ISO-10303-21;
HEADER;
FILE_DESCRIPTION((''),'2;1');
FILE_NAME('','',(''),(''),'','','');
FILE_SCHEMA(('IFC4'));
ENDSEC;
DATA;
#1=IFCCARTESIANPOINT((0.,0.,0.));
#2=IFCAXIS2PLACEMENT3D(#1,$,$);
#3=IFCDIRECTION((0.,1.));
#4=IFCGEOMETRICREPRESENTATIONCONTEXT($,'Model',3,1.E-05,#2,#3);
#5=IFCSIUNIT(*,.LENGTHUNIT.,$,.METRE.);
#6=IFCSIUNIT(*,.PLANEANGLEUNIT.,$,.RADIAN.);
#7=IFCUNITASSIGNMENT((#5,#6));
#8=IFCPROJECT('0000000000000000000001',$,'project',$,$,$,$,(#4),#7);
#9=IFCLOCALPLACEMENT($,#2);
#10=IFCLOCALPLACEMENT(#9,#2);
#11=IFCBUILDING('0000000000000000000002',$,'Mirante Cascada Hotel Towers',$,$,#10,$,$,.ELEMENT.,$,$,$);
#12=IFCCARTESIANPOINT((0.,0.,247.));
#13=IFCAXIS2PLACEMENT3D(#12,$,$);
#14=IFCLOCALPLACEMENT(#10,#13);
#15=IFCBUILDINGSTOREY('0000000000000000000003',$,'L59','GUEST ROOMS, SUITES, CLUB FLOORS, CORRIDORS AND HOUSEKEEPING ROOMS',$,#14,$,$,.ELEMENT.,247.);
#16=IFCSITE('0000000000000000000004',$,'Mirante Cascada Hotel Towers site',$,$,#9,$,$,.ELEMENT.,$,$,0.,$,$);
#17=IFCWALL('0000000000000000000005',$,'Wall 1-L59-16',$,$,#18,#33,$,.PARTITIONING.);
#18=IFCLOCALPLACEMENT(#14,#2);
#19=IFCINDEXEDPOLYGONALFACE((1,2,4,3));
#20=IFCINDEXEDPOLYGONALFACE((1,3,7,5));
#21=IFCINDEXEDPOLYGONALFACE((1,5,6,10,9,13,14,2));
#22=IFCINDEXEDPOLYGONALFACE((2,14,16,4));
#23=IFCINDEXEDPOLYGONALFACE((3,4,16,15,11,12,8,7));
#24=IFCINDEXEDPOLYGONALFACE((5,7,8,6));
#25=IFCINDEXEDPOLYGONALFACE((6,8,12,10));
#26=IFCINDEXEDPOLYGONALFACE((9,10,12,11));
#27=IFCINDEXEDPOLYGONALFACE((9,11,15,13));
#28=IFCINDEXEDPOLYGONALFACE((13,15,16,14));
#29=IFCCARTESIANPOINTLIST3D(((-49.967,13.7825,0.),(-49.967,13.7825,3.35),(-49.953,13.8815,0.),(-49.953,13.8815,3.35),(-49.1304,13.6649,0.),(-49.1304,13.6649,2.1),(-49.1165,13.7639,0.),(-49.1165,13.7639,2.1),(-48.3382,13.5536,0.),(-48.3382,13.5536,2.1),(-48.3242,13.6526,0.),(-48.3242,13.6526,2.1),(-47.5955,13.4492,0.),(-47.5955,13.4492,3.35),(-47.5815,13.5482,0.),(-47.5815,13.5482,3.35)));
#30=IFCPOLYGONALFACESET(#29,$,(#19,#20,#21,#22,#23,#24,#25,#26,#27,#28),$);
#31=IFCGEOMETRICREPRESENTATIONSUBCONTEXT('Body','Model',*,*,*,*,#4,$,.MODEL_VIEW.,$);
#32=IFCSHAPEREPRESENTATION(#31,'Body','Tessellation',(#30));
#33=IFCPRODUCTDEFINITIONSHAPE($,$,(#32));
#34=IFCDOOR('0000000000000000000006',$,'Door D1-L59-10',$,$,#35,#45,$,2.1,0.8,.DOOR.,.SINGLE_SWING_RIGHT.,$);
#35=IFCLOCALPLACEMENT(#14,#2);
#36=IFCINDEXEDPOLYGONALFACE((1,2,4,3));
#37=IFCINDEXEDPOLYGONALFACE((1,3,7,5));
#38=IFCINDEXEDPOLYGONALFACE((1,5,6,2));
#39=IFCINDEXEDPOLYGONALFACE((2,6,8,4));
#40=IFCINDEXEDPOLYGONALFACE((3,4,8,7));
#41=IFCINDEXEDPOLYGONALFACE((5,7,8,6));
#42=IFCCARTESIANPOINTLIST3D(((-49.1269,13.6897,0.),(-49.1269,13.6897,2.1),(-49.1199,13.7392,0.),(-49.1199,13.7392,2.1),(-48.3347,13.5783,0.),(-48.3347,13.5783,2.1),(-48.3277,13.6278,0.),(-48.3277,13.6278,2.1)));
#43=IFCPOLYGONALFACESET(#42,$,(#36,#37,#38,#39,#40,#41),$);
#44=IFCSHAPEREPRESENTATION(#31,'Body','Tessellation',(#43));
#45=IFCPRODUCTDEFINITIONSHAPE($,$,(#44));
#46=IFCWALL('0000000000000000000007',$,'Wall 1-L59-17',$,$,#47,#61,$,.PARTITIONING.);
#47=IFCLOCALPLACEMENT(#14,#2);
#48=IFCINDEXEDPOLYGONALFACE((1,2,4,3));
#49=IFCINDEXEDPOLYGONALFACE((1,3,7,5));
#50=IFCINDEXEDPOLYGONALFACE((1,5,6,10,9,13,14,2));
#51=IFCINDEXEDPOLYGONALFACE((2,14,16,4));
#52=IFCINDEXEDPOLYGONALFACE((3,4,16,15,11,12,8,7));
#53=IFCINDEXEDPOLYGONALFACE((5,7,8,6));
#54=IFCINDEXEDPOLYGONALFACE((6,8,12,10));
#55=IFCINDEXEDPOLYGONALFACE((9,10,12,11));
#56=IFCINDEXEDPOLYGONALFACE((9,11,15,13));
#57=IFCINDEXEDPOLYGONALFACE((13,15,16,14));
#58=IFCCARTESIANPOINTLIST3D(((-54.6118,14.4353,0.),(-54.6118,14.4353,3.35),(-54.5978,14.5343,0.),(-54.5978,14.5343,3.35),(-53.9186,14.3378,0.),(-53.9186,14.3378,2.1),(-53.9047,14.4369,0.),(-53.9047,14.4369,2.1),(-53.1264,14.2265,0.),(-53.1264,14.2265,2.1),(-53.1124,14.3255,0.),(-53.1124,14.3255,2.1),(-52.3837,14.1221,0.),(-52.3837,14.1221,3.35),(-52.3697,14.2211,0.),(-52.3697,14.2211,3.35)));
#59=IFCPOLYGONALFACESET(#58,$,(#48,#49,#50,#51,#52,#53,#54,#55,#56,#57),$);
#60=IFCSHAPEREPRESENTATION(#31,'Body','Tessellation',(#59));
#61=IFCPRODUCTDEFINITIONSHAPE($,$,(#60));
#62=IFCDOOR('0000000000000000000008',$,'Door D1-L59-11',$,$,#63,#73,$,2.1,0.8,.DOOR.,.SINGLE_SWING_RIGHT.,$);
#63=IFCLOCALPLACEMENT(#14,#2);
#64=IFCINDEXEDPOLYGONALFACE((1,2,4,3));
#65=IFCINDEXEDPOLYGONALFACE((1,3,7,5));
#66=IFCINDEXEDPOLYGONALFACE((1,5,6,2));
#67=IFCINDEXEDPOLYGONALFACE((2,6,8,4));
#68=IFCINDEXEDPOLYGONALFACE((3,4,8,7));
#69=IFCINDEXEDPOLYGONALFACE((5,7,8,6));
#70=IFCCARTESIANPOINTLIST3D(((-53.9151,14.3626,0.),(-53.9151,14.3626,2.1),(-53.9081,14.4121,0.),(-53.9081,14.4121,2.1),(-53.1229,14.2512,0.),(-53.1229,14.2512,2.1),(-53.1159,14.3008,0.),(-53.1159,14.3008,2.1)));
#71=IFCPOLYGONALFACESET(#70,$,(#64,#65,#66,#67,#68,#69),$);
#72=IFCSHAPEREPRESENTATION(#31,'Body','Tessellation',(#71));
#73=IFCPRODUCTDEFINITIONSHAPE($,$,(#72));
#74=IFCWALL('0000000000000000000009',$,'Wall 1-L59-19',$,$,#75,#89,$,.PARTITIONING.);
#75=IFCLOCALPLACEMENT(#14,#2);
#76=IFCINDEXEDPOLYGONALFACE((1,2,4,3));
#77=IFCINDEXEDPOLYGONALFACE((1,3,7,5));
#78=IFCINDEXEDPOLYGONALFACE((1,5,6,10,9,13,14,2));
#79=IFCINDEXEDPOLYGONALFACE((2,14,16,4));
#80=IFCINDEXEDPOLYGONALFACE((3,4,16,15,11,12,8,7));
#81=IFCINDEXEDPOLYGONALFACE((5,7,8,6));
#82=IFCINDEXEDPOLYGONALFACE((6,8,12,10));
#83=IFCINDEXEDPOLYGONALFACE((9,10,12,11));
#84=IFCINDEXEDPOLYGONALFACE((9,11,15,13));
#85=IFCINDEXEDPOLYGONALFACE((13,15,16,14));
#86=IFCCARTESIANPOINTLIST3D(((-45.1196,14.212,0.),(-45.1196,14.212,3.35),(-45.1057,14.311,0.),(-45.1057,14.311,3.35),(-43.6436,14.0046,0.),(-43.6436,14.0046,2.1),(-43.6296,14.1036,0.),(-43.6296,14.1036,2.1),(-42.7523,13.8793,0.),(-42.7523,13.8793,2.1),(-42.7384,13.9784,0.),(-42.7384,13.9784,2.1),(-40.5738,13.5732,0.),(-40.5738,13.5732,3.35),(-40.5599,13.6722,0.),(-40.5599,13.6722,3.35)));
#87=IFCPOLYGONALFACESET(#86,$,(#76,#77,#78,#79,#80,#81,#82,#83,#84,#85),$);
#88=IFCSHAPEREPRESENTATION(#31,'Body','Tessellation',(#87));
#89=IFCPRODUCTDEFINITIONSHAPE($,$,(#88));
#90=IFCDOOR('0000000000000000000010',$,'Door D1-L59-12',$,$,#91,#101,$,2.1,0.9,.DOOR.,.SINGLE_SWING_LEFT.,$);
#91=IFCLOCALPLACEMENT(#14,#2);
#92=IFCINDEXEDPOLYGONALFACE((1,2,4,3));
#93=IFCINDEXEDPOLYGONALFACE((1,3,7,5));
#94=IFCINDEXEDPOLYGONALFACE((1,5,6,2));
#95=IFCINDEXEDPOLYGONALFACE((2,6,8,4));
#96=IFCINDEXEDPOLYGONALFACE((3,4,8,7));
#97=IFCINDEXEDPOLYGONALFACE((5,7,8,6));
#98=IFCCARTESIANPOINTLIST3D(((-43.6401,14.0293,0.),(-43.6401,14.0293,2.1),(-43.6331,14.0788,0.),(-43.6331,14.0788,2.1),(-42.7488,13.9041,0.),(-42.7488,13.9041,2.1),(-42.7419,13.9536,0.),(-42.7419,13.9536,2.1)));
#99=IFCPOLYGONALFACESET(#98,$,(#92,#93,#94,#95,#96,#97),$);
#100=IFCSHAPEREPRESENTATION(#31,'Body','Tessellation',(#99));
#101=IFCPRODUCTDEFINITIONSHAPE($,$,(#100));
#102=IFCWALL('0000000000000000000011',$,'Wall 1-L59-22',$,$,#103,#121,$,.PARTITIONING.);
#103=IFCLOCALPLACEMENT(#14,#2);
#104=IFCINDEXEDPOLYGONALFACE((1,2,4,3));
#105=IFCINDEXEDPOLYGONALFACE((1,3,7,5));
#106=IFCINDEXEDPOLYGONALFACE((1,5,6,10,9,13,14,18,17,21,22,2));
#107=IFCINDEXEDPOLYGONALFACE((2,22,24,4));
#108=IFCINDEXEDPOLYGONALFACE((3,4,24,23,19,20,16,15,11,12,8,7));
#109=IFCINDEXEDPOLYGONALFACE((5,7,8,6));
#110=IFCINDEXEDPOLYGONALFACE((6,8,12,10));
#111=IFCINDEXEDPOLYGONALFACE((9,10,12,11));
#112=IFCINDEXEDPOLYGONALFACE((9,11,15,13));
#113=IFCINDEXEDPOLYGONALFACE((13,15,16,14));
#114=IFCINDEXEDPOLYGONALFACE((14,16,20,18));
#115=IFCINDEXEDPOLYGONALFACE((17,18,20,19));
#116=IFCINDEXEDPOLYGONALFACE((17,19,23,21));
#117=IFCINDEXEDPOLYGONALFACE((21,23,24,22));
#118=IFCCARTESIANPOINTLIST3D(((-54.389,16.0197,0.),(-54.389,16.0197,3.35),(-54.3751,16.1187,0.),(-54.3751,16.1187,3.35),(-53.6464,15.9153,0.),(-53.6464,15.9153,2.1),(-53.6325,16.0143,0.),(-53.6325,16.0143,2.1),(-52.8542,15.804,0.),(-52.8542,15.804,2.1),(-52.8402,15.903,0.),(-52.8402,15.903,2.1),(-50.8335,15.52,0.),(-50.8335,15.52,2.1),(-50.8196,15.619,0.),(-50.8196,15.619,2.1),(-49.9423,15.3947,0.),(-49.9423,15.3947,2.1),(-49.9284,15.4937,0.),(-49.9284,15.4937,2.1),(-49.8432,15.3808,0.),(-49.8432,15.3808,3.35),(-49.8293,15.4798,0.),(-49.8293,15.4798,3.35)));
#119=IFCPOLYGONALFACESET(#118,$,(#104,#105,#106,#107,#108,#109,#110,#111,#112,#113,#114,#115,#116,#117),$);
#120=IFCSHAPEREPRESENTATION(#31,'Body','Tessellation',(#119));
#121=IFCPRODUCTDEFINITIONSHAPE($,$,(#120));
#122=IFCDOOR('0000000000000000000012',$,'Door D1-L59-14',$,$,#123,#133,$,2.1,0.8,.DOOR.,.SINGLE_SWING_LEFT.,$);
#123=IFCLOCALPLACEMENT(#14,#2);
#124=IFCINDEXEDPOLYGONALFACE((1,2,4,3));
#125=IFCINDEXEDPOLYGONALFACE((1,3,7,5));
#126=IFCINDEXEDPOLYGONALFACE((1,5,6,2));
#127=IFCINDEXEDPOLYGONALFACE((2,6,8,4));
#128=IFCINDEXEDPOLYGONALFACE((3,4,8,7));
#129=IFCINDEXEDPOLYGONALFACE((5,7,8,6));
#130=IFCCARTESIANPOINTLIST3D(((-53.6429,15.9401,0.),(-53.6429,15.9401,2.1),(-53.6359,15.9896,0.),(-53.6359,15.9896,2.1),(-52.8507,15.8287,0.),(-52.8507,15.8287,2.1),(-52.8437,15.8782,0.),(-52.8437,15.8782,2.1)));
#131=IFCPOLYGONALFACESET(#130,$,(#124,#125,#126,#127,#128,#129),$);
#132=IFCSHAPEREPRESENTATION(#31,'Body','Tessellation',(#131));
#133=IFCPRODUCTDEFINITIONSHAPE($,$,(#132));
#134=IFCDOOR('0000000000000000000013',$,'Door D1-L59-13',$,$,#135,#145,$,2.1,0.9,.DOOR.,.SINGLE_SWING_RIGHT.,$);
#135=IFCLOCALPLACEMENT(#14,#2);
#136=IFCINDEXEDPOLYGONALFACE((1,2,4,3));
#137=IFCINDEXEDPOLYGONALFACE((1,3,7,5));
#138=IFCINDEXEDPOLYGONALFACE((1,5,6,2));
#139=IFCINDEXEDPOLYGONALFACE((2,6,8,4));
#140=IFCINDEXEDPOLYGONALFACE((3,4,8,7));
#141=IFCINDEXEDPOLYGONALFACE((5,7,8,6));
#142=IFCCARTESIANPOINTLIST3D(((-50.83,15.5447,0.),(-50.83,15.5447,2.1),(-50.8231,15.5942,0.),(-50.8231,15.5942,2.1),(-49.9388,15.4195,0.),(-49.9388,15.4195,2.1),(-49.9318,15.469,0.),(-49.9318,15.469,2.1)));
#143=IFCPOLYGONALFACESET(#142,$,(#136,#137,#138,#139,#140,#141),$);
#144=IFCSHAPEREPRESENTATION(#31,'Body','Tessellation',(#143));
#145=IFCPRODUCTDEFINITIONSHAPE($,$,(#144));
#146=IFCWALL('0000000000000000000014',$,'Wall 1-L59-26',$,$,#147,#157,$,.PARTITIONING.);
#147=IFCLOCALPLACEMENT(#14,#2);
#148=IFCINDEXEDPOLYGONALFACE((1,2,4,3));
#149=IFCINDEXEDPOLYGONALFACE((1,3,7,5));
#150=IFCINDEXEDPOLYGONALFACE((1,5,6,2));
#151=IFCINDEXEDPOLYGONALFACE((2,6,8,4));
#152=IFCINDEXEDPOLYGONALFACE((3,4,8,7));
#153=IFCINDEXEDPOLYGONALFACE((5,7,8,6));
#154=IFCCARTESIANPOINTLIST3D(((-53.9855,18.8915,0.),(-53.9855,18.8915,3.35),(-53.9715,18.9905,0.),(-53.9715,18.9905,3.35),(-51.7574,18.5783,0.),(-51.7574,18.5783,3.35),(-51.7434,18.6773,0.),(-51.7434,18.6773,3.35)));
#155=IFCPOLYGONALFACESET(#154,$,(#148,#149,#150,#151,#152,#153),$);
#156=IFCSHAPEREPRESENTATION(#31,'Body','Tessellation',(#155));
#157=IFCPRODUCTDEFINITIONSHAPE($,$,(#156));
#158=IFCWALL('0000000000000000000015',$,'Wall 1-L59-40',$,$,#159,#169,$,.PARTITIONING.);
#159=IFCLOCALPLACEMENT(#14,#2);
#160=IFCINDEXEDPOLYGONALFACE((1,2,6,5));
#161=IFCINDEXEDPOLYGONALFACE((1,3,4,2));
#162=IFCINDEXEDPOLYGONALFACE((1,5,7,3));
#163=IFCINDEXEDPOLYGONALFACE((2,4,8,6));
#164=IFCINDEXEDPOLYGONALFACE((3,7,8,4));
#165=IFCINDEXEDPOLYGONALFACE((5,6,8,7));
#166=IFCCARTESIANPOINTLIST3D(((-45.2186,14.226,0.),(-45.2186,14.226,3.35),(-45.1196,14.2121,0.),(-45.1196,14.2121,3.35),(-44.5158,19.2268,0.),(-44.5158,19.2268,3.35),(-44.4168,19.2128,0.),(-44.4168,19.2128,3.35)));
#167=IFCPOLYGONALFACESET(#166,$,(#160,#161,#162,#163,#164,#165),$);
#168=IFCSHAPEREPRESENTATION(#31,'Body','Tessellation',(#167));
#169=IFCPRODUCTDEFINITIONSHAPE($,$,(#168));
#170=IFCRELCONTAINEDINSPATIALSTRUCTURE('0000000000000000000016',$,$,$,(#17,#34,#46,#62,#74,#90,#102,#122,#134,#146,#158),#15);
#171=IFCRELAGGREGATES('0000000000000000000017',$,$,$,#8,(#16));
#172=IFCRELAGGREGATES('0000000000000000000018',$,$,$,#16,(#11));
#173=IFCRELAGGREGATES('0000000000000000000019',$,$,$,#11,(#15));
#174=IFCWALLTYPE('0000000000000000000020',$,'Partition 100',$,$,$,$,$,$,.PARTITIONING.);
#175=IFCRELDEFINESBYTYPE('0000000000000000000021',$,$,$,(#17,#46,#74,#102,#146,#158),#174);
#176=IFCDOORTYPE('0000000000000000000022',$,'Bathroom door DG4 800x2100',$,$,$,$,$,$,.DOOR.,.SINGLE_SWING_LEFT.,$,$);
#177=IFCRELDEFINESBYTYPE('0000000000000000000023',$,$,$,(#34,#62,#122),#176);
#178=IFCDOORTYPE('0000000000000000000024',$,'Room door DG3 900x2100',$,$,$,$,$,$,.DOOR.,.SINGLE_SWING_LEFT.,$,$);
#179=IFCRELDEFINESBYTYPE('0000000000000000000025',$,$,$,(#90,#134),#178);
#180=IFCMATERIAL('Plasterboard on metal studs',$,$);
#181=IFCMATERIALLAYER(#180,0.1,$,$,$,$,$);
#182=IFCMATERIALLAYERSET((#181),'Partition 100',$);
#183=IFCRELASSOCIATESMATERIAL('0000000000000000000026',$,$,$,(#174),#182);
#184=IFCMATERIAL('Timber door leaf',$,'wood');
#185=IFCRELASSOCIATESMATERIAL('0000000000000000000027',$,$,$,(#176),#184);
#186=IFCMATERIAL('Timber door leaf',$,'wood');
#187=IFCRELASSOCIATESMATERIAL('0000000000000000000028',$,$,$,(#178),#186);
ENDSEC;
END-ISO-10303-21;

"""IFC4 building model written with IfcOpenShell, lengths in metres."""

from ifc_helpers import new_model, si_unit, direction, frame, frame_2d, origin, place, context, subcontext, project, spatial, rectangle, extrude, material, layer, layer_set, type_object, element, fill, save


model = new_model("IFC4")

# Units and contexts
model_context = context("Model", 3, precision=1e-05, world=origin(), true_north=direction((0.0, 1.0)))
body_context = subcontext(model_context, "Body", "Model", "MODEL_VIEW")
ifc_project = project(units=[si_unit("LENGTHUNIT", "METRE"), si_unit("PLANEANGLEUNIT", "RADIAN")], contexts=[model_context])

# Site, building, storey
site_placement = place(None, origin())
site = spatial("IfcSite", under=ifc_project, at=site_placement, Name="Mirante Cascada Hotel Towers site", CompositionType="ELEMENT", RefElevation=0.0)
building_placement = place(site_placement, origin())
building = spatial("IfcBuilding", under=site, at=building_placement, Name="Mirante Cascada Hotel Towers", CompositionType="ELEMENT")
storey_placement = place(building_placement, frame((0.0, 0.0, 247.0)))
storey = spatial("IfcBuildingStorey", under=building, at=storey_placement, Name="L59", Description="GUEST ROOMS, SUITES, CLUB FLOORS, CORRIDORS AND HOUSEKEEPING ROOMS", CompositionType="ELEMENT", Elevation=247.0)

# Walls, openings, doors
ifc_material_1 = material(Name="Plasterboard on metal studs")
ifc_layer_1 = layer(ifc_material_1, 0.1)
ifc_layer_set_1 = layer_set([ifc_layer_1], Name="Partition 100")
wall_type_1 = type_object("IfcWallType", Name="Partition 100", PredefinedType="PARTITIONING", material=ifc_layer_set_1)
wall_1_placement = place(storey_placement, frame((-47.5885, 13.4987, 0.0), z_axis=(0.0, 0.0, 1.0), x_axis=(-0.990268, 0.139176, 0.0)))
wall_1 = element("IfcWall", 1, at=wall_1_placement, inside=storey, type_object=wall_type_1, Name="Wall 1-L59-16", PredefinedType="PARTITIONING", context=body_context, shape_type="SweptSolid", body=[
    extrude(rectangle(XDim=2.3948, YDim=0.1, at=frame_2d((1.1974, 0.0))), origin(), (0.0, 0.0, 1.0), 3.35),
])
opening_1_placement = place(wall_1_placement, frame((0.75, 0.0, 0.0)))
opening_1 = element("IfcOpeningElement", 2, at=opening_1_placement, cuts=wall_1, PredefinedType="OPENING", context=body_context, shape_type="SweptSolid", body=[
    extrude(rectangle(XDim=0.8, YDim=2.1, at=frame_2d((0.4, 1.05))), frame((0.0, 0.05, 0.0), z_axis=(0.0, -1.0, 0.0), x_axis=(1.0, 0.0, 0.0)), (0.0, 0.0, 1.0), 0.1),
])
ifc_material_2 = material(Name="Timber door leaf", Category="wood")
door_type_1 = type_object("IfcDoorType", Name="Bathroom door DG4 800x2100", OperationType="SINGLE_SWING_LEFT", PredefinedType="DOOR", material=ifc_material_2)
door_1_placement = place(opening_1_placement, frame((0.8, 0.0, 0.0), z_axis=(0.0, 0.0, 1.0), x_axis=(-1.0, 0.0, 0.0)))
door_1 = element("IfcDoor", 3, at=door_1_placement, inside=storey, type_object=door_type_1, Name="Door D1-L59-10", OperationType="SINGLE_SWING_RIGHT", OverallHeight=2.1, OverallWidth=0.8, PredefinedType="DOOR", context=body_context, shape_type="SweptSolid", body=[
    extrude(rectangle(XDim=0.8, YDim=2.1, at=frame_2d((0.4, 1.05))), frame((0.0, 0.025, 0.0), z_axis=(0.0, -1.0, 0.0), x_axis=(1.0, 0.0, 0.0)), (0.0, 0.0, 1.0), 0.05),
])
fill(opening_1, door_1)
wall_2_placement = place(storey_placement, frame((-54.6048, 14.4848, 0.0), z_axis=(0.0, 0.0, 1.0), x_axis=(0.990264, -0.1392, 0.0)))
wall_2 = element("IfcWall", 4, at=wall_2_placement, inside=storey, type_object=wall_type_1, Name="Wall 1-L59-17", PredefinedType="PARTITIONING", context=body_context, shape_type="SweptSolid", body=[
    extrude(rectangle(XDim=2.25, YDim=0.1, at=frame_2d((1.125, 0.0))), origin(), (0.0, 0.0, 1.0), 3.35),
])
opening_2_placement = place(wall_2_placement, frame((0.7, 0.0, 0.0)))
opening_2 = element("IfcOpeningElement", 5, at=opening_2_placement, cuts=wall_2, PredefinedType="OPENING", context=body_context, shape_type="SweptSolid", body=[
    extrude(rectangle(XDim=0.8, YDim=2.1, at=frame_2d((0.4, 1.05))), frame((0.0, 0.05, 0.0), z_axis=(0.0, -1.0, 0.0), x_axis=(1.0, 0.0, 0.0)), (0.0, 0.0, 1.0), 0.1),
])
door_2_placement = place(opening_2_placement, frame((0.8, 0.0, 0.0), z_axis=(0.0, 0.0, 1.0), x_axis=(-1.0, 0.0, 0.0)))
door_2 = element("IfcDoor", 6, at=door_2_placement, inside=storey, type_object=door_type_1, Name="Door D1-L59-11", OperationType="SINGLE_SWING_RIGHT", OverallHeight=2.1, OverallWidth=0.8, PredefinedType="DOOR", context=body_context, shape_type="SweptSolid", body=[
    extrude(rectangle(XDim=0.8, YDim=2.1, at=frame_2d((0.4, 1.05))), frame((0.0, 0.025, 0.0), z_axis=(0.0, -1.0, 0.0), x_axis=(1.0, 0.0, 0.0)), (0.0, 0.0, 1.0), 0.05),
])
fill(opening_2, door_2)
wall_3_placement = place(storey_placement, frame((-45.1126, 14.2615, 0.0), z_axis=(0.0, 0.0, 1.0), x_axis=(0.99027, -0.139158, 0.0)))
wall_3 = element("IfcWall", 7, at=wall_3_placement, inside=storey, type_object=wall_type_1, Name="Wall 1-L59-19", PredefinedType="PARTITIONING", context=body_context, shape_type="SweptSolid", body=[
    extrude(rectangle(XDim=4.5905, YDim=0.1, at=frame_2d((2.2952, 0.0))), origin(), (0.0, 0.0, 1.0), 3.35),
])
opening_3_placement = place(wall_3_placement, frame((1.4905, 0.0, 0.0)))
opening_3 = element("IfcOpeningElement", 8, at=opening_3_placement, cuts=wall_3, PredefinedType="OPENING", context=body_context, shape_type="SweptSolid", body=[
    extrude(rectangle(XDim=0.9, YDim=2.1, at=frame_2d((0.45, 1.05))), frame((0.0, 0.05, 0.0), z_axis=(0.0, -1.0, 0.0), x_axis=(1.0, 0.0, 0.0)), (0.0, 0.0, 1.0), 0.1),
])
ifc_material_3 = material(Name="Timber door leaf", Category="wood")
door_type_2 = type_object("IfcDoorType", Name="Room door DG3 900x2100", OperationType="SINGLE_SWING_LEFT", PredefinedType="DOOR", material=ifc_material_3)
door_3_placement = place(opening_3_placement, origin())
door_3 = element("IfcDoor", 9, at=door_3_placement, inside=storey, type_object=door_type_2, Name="Door D1-L59-12", OperationType="SINGLE_SWING_LEFT", OverallHeight=2.1, OverallWidth=0.9, PredefinedType="DOOR", context=body_context, shape_type="SweptSolid", body=[
    extrude(rectangle(XDim=0.9, YDim=2.1, at=frame_2d((0.45, 1.05))), frame((0.0, 0.025, 0.0), z_axis=(0.0, -1.0, 0.0), x_axis=(1.0, 0.0, 0.0)), (0.0, 0.0, 1.0), 0.05),
])
fill(opening_3, door_3)

# Wall, openings, doors
wall_4_placement = place(storey_placement, frame((-49.8363, 15.4303, 0.0), z_axis=(0.0, 0.0, 1.0), x_axis=(-0.990267, 0.139179, 0.0)))
wall_4 = element("IfcWall", 10, at=wall_4_placement, inside=storey, type_object=wall_type_1, Name="Wall 1-L59-22", PredefinedType="PARTITIONING", context=body_context, shape_type="SweptSolid", body=[
    extrude(rectangle(XDim=4.5905, YDim=0.1, at=frame_2d((2.2952, 0.0))), origin(), (0.0, 0.0, 1.0), 3.35),
])
opening_4_placement = place(wall_4_placement, frame((0.1, 0.0, 0.0)))
opening_4 = element("IfcOpeningElement", 11, at=opening_4_placement, cuts=wall_4, PredefinedType="OPENING", context=body_context, shape_type="SweptSolid", body=[
    extrude(rectangle(XDim=0.9, YDim=2.1, at=frame_2d((0.45, 1.05))), frame((0.0, 0.05, 0.0), z_axis=(0.0, -1.0, 0.0), x_axis=(1.0, 0.0, 0.0)), (0.0, 0.0, 1.0), 0.1),
])
opening_5_placement = place(wall_4_placement, frame((3.0405, 0.0, 0.0)))
opening_5 = element("IfcOpeningElement", 12, at=opening_5_placement, cuts=wall_4, PredefinedType="OPENING", context=body_context, shape_type="SweptSolid", body=[
    extrude(rectangle(XDim=0.8, YDim=2.1, at=frame_2d((0.4, 1.05))), frame((0.0, 0.05, 0.0), z_axis=(0.0, -1.0, 0.0), x_axis=(1.0, 0.0, 0.0)), (0.0, 0.0, 1.0), 0.1),
])
door_4_placement = place(opening_5_placement, origin())
door_4 = element("IfcDoor", 13, at=door_4_placement, inside=storey, type_object=door_type_1, Name="Door D1-L59-14", OperationType="SINGLE_SWING_LEFT", OverallHeight=2.1, OverallWidth=0.8, PredefinedType="DOOR", context=body_context, shape_type="SweptSolid", body=[
    extrude(rectangle(XDim=0.8, YDim=2.1, at=frame_2d((0.4, 1.05))), frame((0.0, 0.025, 0.0), z_axis=(0.0, -1.0, 0.0), x_axis=(1.0, 0.0, 0.0)), (0.0, 0.0, 1.0), 0.05),
])
fill(opening_5, door_4)
door_5_placement = place(opening_4_placement, frame((0.9, 0.0, 0.0), z_axis=(0.0, 0.0, 1.0), x_axis=(-1.0, 0.0, 0.0)))
door_5 = element("IfcDoor", 14, at=door_5_placement, inside=storey, type_object=door_type_2, Name="Door D1-L59-13", OperationType="SINGLE_SWING_RIGHT", OverallHeight=2.1, OverallWidth=0.9, PredefinedType="DOOR", context=body_context, shape_type="SweptSolid", body=[
    extrude(rectangle(XDim=0.9, YDim=2.1, at=frame_2d((0.45, 1.05))), frame((0.0, 0.025, 0.0), z_axis=(0.0, -1.0, 0.0), x_axis=(1.0, 0.0, 0.0)), (0.0, 0.0, 1.0), 0.05),
])
fill(opening_4, door_5)

# Walls
wall_5_placement = place(storey_placement, frame((-51.7504, 18.6278, 0.0), z_axis=(0.0, 0.0, 1.0), x_axis=(-0.990264, 0.1392, 0.0)))
element("IfcWall", 15, at=wall_5_placement, inside=storey, type_object=wall_type_1, Name="Wall 1-L59-26", PredefinedType="PARTITIONING", context=body_context, shape_type="SweptSolid", body=[
    extrude(rectangle(XDim=2.25, YDim=0.1, at=frame_2d((1.125, 0.0))), origin(), (0.0, 0.0, 1.0), 3.35),
])
wall_6_placement = place(storey_placement, frame((-45.1691, 14.219, 0.0), z_axis=(0.0, 0.0, 1.0), x_axis=(0.13917, 0.990268, 0.0)))
element("IfcWall", 16, at=wall_6_placement, inside=storey, type_object=wall_type_1, Name="Wall 1-L59-40", PredefinedType="PARTITIONING", context=body_context, shape_type="SweptSolid", body=[
    extrude(rectangle(XDim=5.0499, YDim=0.1, at=frame_2d((2.525, 0.0))), origin(), (0.0, 0.0, 1.0), 3.35),
])

save(model, "model.ifc")
